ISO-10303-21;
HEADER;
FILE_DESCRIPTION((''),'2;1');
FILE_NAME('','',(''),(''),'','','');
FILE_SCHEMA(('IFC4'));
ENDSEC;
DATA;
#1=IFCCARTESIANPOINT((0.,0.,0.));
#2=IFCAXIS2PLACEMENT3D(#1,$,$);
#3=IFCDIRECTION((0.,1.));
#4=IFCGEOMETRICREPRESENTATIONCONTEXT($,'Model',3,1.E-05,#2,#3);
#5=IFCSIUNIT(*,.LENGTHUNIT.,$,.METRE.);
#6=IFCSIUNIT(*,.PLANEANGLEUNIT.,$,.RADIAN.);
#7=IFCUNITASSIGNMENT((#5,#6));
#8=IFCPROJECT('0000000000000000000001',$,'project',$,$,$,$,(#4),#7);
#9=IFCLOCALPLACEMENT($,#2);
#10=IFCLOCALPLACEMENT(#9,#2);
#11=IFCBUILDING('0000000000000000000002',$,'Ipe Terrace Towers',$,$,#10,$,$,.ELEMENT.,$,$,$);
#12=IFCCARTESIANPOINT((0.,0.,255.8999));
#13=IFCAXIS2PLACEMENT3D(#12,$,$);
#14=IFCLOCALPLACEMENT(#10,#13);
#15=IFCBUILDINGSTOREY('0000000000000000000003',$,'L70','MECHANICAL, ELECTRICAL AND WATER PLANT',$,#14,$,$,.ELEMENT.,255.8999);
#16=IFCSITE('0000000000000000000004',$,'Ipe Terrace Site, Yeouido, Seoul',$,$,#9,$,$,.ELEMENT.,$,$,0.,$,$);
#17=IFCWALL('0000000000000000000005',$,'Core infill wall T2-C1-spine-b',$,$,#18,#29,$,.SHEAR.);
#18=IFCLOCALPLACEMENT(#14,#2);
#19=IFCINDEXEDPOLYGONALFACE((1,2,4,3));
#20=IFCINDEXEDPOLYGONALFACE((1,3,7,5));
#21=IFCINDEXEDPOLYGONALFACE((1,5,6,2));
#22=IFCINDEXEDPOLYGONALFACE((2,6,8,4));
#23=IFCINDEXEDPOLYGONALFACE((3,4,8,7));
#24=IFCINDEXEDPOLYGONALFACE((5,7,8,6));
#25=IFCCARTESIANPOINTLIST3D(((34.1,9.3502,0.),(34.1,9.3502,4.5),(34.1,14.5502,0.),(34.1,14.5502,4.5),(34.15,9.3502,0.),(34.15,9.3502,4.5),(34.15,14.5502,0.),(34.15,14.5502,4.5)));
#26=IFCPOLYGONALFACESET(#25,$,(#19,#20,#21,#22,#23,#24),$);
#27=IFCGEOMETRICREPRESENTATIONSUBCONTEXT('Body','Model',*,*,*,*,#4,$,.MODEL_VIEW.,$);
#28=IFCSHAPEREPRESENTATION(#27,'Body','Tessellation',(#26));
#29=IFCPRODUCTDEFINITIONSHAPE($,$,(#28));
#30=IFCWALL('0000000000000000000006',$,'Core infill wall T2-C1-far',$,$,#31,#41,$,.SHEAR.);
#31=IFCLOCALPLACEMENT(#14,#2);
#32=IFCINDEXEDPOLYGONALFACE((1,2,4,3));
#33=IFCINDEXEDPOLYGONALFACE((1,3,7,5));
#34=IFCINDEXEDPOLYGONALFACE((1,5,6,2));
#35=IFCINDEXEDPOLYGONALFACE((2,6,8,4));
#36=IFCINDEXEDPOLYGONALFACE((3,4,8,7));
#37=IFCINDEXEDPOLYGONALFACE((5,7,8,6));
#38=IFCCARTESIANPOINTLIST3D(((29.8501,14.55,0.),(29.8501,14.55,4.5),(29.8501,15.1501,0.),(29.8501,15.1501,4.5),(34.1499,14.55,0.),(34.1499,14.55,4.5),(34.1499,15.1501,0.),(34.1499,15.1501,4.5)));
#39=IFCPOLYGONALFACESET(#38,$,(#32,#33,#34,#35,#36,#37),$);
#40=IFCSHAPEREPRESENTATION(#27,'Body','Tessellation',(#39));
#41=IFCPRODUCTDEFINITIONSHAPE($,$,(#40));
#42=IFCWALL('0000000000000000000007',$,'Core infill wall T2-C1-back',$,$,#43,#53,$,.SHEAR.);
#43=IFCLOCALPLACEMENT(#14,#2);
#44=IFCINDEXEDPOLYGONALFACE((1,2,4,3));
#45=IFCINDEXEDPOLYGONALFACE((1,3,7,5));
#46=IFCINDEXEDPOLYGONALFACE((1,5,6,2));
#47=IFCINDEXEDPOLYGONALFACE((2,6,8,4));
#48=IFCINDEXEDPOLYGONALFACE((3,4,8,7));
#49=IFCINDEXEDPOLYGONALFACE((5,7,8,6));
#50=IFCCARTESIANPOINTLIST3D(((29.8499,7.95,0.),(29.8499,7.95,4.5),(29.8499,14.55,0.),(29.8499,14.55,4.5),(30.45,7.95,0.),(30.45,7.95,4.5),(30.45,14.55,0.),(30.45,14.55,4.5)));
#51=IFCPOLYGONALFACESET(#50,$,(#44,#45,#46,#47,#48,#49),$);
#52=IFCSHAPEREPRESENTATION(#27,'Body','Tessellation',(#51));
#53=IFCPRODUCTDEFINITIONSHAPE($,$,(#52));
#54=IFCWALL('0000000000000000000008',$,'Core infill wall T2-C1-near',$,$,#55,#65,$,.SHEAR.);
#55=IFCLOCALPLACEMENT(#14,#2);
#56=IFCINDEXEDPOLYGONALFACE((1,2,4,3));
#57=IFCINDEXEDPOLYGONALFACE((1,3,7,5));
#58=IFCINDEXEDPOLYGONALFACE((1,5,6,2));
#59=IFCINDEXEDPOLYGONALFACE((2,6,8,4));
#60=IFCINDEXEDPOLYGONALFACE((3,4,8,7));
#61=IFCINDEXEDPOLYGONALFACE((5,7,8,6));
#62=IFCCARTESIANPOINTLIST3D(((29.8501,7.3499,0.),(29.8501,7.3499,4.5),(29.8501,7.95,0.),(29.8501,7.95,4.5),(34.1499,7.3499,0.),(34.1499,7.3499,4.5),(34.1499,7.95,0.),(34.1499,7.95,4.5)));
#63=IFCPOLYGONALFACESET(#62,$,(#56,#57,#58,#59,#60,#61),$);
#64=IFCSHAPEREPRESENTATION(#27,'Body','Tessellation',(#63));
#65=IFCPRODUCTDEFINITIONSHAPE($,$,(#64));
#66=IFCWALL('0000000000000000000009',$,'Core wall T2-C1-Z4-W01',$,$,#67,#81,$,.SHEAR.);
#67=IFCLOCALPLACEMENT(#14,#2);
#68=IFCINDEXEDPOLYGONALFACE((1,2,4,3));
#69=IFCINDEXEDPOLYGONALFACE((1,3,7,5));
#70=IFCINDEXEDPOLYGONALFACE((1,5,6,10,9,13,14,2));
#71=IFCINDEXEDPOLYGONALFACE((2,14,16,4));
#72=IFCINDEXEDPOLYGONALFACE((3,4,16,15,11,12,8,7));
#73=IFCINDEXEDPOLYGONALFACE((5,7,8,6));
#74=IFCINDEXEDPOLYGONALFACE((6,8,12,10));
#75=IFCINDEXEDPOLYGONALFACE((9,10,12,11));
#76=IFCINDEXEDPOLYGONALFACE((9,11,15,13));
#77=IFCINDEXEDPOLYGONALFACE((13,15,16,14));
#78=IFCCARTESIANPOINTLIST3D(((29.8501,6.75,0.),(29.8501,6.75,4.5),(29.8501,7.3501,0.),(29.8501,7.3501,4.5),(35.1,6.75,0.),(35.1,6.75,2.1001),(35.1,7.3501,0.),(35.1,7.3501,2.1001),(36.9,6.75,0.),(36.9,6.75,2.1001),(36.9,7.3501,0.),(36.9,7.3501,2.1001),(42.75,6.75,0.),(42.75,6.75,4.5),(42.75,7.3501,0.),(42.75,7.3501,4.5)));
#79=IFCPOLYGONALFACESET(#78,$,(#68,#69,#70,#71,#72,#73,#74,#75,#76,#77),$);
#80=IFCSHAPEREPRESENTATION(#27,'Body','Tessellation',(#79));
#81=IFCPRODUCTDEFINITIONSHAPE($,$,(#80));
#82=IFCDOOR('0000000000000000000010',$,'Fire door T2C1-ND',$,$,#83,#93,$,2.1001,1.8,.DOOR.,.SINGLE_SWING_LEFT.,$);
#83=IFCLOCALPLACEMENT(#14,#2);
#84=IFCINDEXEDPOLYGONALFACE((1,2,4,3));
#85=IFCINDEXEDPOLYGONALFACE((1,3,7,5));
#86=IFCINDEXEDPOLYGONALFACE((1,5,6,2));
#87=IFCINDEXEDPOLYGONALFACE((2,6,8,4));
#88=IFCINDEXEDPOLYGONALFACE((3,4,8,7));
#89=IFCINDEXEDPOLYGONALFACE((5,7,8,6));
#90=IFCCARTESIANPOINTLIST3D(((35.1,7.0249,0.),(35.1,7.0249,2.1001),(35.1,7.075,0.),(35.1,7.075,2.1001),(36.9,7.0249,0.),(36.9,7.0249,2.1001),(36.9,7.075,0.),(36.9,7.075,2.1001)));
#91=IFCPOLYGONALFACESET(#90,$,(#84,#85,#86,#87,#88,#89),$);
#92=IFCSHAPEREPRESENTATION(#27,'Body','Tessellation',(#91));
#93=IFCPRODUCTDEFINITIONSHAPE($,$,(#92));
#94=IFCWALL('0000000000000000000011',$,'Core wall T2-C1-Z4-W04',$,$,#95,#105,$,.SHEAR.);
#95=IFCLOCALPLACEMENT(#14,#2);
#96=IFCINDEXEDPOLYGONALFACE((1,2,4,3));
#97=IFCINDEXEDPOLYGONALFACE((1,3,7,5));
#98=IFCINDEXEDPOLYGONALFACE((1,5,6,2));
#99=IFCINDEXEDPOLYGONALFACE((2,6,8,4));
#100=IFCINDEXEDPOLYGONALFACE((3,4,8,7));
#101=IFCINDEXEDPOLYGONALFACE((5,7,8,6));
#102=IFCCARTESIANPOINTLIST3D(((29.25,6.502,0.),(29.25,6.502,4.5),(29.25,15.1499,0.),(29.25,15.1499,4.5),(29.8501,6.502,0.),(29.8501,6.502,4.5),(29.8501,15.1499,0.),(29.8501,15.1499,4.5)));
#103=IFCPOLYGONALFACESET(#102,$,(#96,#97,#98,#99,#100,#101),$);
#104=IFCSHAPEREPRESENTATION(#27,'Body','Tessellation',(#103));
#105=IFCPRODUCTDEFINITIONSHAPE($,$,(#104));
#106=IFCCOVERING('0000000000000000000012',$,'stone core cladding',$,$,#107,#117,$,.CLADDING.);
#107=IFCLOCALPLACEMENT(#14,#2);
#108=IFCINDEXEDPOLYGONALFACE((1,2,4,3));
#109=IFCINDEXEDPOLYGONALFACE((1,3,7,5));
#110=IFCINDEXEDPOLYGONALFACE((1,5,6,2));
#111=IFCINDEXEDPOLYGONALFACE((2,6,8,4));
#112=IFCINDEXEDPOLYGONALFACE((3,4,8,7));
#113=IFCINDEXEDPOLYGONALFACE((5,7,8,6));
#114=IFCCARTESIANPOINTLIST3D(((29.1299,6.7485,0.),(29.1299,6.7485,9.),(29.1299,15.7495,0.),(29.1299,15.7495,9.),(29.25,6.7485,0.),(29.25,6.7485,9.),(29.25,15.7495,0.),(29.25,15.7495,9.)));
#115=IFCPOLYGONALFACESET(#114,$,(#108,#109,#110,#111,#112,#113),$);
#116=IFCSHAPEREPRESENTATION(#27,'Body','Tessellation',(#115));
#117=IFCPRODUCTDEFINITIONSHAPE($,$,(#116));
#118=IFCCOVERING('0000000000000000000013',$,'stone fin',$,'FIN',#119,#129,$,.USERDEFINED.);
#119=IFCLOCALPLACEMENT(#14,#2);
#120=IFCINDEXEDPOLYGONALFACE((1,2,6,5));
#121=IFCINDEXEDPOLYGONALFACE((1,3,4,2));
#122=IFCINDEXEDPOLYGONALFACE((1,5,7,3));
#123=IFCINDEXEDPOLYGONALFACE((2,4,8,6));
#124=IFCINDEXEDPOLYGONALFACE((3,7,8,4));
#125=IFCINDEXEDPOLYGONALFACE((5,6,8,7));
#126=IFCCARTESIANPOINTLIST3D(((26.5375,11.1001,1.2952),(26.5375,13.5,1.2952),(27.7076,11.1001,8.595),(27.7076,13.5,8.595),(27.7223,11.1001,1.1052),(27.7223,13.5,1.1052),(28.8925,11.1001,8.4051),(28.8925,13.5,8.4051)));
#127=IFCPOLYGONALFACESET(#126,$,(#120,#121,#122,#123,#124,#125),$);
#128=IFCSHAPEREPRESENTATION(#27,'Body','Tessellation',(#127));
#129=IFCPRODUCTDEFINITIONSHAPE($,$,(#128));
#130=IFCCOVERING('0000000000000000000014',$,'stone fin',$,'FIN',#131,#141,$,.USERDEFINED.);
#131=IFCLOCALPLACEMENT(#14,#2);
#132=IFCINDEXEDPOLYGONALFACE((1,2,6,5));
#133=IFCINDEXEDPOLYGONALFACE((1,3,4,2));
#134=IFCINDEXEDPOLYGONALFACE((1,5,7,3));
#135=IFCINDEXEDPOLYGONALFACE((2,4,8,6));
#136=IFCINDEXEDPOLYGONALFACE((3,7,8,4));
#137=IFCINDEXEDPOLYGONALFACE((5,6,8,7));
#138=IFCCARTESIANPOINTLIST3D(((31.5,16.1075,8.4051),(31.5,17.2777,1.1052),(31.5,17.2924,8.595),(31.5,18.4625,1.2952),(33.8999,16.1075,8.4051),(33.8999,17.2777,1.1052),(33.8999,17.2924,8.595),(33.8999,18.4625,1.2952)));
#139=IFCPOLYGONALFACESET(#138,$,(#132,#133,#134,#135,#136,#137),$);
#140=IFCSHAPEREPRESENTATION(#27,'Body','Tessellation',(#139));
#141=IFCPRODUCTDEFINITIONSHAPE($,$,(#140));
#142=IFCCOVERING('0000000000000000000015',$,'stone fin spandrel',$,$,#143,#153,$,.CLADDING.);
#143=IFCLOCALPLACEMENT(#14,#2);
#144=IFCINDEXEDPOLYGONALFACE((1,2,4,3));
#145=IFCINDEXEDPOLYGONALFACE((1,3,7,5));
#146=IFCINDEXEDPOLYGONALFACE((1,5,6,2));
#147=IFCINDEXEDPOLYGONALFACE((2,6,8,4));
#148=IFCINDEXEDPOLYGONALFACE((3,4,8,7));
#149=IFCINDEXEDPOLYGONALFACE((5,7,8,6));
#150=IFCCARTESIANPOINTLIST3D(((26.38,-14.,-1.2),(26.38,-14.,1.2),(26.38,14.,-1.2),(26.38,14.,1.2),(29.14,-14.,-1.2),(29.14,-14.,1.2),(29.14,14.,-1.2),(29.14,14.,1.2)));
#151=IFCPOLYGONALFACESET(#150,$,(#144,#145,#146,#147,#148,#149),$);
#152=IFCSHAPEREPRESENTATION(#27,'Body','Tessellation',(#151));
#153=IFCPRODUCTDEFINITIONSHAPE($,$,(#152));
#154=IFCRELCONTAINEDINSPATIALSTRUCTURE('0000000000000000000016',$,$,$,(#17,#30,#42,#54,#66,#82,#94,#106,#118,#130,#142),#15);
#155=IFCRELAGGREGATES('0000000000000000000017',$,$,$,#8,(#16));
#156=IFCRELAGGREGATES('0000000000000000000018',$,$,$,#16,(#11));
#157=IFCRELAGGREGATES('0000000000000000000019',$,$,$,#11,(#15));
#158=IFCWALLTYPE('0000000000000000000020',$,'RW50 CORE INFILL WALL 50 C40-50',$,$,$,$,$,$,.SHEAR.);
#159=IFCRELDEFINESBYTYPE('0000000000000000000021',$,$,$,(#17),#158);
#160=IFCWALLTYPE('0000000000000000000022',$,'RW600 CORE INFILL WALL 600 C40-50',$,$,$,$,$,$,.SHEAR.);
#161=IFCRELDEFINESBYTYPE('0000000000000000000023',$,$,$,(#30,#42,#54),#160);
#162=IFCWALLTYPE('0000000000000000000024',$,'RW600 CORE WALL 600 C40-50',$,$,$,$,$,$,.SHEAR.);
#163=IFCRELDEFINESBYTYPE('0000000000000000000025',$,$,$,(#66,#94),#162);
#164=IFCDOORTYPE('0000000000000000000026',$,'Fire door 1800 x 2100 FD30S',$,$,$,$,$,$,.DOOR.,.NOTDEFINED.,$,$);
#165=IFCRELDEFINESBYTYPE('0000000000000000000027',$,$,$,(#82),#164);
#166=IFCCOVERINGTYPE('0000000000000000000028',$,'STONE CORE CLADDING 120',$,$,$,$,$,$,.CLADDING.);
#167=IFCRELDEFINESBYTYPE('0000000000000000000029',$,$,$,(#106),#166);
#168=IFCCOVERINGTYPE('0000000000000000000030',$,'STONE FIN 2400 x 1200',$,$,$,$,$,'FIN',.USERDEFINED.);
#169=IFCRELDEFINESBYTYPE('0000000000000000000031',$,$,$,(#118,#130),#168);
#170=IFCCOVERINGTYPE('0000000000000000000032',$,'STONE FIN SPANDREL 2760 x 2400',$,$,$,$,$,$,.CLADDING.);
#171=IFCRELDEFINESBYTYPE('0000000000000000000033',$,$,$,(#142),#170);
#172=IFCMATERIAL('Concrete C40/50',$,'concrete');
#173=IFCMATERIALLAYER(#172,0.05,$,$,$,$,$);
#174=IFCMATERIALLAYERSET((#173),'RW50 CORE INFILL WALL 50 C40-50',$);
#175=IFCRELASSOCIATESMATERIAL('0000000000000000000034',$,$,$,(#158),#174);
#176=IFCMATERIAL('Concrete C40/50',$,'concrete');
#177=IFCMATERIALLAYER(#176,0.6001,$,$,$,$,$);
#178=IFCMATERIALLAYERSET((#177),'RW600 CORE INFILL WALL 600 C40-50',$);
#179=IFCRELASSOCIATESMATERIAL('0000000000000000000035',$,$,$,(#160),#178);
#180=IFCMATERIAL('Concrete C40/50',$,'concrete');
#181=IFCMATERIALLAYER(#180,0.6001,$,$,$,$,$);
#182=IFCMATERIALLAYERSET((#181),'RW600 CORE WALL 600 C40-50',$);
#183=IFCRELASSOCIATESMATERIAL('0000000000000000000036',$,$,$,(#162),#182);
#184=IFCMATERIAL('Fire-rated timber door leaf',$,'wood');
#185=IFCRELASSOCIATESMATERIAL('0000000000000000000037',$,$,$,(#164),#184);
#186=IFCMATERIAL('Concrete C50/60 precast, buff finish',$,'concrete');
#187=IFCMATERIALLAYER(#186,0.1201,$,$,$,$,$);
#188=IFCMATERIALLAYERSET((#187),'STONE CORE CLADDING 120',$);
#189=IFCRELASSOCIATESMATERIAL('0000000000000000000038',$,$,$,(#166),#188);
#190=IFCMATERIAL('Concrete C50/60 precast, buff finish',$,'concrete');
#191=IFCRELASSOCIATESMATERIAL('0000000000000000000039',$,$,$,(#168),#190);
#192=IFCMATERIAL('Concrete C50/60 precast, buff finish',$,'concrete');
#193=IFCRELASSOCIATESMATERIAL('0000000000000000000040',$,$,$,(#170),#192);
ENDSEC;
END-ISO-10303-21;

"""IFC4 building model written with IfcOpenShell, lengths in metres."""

from ifc_helpers import new_model, si_unit, direction, frame, frame_2d, origin, origin_2d, place, context, subcontext, project, spatial, rectangle, extrude, material, layer, layer_set, material_profile, profile_set, type_object, element, fill, save


model = new_model("IFC4")

# Units and contexts
model_context = context("Model", 3, precision=1e-05, world=origin(), true_north=direction((0.0, 1.0)))
body_context = subcontext(model_context, "Body", "Model", "MODEL_VIEW")
ifc_project = project(units=[si_unit("LENGTHUNIT", "METRE"), si_unit("PLANEANGLEUNIT", "RADIAN")], contexts=[model_context])

# Site, building, storey
site_placement = place(None, origin())
site = spatial("IfcSite", under=ifc_project, at=site_placement, Name="Ipe Terrace Site, Yeouido, Seoul", CompositionType="ELEMENT", RefElevation=0.0)
building_placement = place(site_placement, origin())
building = spatial("IfcBuilding", under=site, at=building_placement, Name="Ipe Terrace Towers", CompositionType="ELEMENT")
storey_placement = place(building_placement, frame((0.0, 0.0, 255.8999)))
storey = spatial("IfcBuildingStorey", under=building, at=storey_placement, Name="L70", Description="MECHANICAL, ELECTRICAL AND WATER PLANT", CompositionType="ELEMENT", Elevation=255.8999)

# Walls
ifc_material_1 = material(Name="Concrete C40/50", Category="concrete")
ifc_layer_1 = layer(ifc_material_1, 0.05)
ifc_layer_set_1 = layer_set([ifc_layer_1], Name="RW50 CORE INFILL WALL 50 C40-50")
wall_type_1 = type_object("IfcWallType", Name="RW50 CORE INFILL WALL 50 C40-50", PredefinedType="SHEAR", material=ifc_layer_set_1)
wall_1_placement = place(storey_placement, frame((34.125, 9.3501, 0.0), z_axis=(0.0, 0.0, 1.0), x_axis=(0.0, 1.0, 0.0)))
element("IfcWall", 1, at=wall_1_placement, inside=storey, type_object=wall_type_1, Name="Core infill wall T2-C1-spine-b", PredefinedType="SHEAR", context=body_context, shape_type="SweptSolid", body=[
    extrude(rectangle(XDim=5.2, YDim=0.05, at=frame_2d((2.6001, 0.0))), origin(), (0.0, 0.0, 1.0), 4.5),
])
ifc_material_2 = material(Name="Concrete C40/50", Category="concrete")
ifc_layer_2 = layer(ifc_material_2, 0.6001)
ifc_layer_set_2 = layer_set([ifc_layer_2], Name="RW600 CORE INFILL WALL 600 C40-50")
wall_type_2 = type_object("IfcWallType", Name="RW600 CORE INFILL WALL 600 C40-50", PredefinedType="SHEAR", material=ifc_layer_set_2)
wall_2_placement = place(storey_placement, frame((34.1499, 14.8501, 0.0), z_axis=(0.0, 0.0, 1.0), x_axis=(-1.0, 0.0, 0.0)))
element("IfcWall", 2, at=wall_2_placement, inside=storey, type_object=wall_type_2, Name="Core infill wall T2-C1-far", PredefinedType="SHEAR", context=body_context, shape_type="SweptSolid", body=[
    extrude(rectangle(XDim=4.2998, YDim=0.6001, at=frame_2d((2.1499, 0.0))), origin(), (0.0, 0.0, 1.0), 4.5),
])
wall_3_placement = place(storey_placement, frame((30.1499, 7.95, 0.0), z_axis=(0.0, 0.0, 1.0), x_axis=(0.0, 1.0, 0.0)))
element("IfcWall", 3, at=wall_3_placement, inside=storey, type_object=wall_type_2, Name="Core infill wall T2-C1-back", PredefinedType="SHEAR", context=body_context, shape_type="SweptSolid", body=[
    extrude(rectangle(XDim=6.6001, YDim=0.6001, at=frame_2d((3.3, 0.0))), origin(), (0.0, 0.0, 1.0), 4.5),
])
wall_4_placement = place(storey_placement, frame((34.1499, 7.6499, 0.0), z_axis=(0.0, 0.0, 1.0), x_axis=(-1.0, 0.0, 0.0)))
element("IfcWall", 4, at=wall_4_placement, inside=storey, type_object=wall_type_2, Name="Core infill wall T2-C1-near", PredefinedType="SHEAR", context=body_context, shape_type="SweptSolid", body=[
    extrude(rectangle(XDim=4.2998, YDim=0.6001, at=frame_2d((2.1499, 0.0))), origin(), (0.0, 0.0, 1.0), 4.5),
])

# Wall, opening, door
ifc_material_3 = material(Name="Concrete C40/50", Category="concrete")
ifc_layer_3 = layer(ifc_material_3, 0.6001)
ifc_layer_set_3 = layer_set([ifc_layer_3], Name="RW600 CORE WALL 600 C40-50")
wall_type_3 = type_object("IfcWallType", Name="RW600 CORE WALL 600 C40-50", PredefinedType="SHEAR", material=ifc_layer_set_3)
wall_5_placement = place(storey_placement, frame((29.8501, 7.05, 0.0), z_axis=(0.0, 0.0, 1.0), x_axis=(1.0, 0.0, 0.0)))
wall_5 = element("IfcWall", 5, at=wall_5_placement, inside=storey, type_object=wall_type_3, Name="Core wall T2-C1-Z4-W01", PredefinedType="SHEAR", context=body_context, shape_type="SweptSolid", body=[
    extrude(rectangle(XDim=12.8999, YDim=0.6001, at=frame_2d((6.45, 0.0))), origin(), (0.0, 0.0, 1.0), 4.5),
])
opening_1_placement = place(wall_5_placement, frame((5.25, 0.0, 0.0)))
opening_1 = element("IfcOpeningElement", 6, at=opening_1_placement, cuts=wall_5, PredefinedType="OPENING", context=body_context, shape_type="SweptSolid", body=[
    extrude(rectangle(XDim=1.8, YDim=2.1001, at=frame_2d((0.8999, 1.05))), frame((0.0, 0.3101, 0.0), z_axis=(0.0, -1.0, 0.0), x_axis=(1.0, 0.0, 0.0)), (0.0, 0.0, 1.0), 0.6201),
])
ifc_material_4 = material(Name="Fire-rated timber door leaf", Category="wood")
door_type_1 = type_object("IfcDoorType", Name="Fire door 1800 x 2100 FD30S", OperationType="NOTDEFINED", PredefinedType="DOOR", material=ifc_material_4)
door_1_placement = place(opening_1_placement, origin())
door_1 = element("IfcDoor", 7, at=door_1_placement, inside=storey, type_object=door_type_1, Name="Fire door T2C1-ND", OperationType="SINGLE_SWING_LEFT", OverallHeight=2.1001, OverallWidth=1.8, PredefinedType="DOOR", context=body_context, shape_type="SweptSolid", body=[
    extrude(rectangle(XDim=1.8, YDim=2.1001, at=frame_2d((0.8999, 1.05))), frame((0.0, 0.0249, 0.0), z_axis=(0.0, -1.0, 0.0), x_axis=(1.0, 0.0, 0.0)), (0.0, 0.0, 1.0), 0.05),
])
fill(opening_1, door_1)

# Wall
wall_6_placement = place(storey_placement, frame((29.55, 15.1499, 0.0), z_axis=(0.0, 0.0, 1.0), x_axis=(0.0, -1.0, 0.0)))
element("IfcWall", 8, at=wall_6_placement, inside=storey, type_object=wall_type_3, Name="Core wall T2-C1-Z4-W04", PredefinedType="SHEAR", context=body_context, shape_type="SweptSolid", body=[
    extrude(rectangle(XDim=8.6479, YDim=0.6001, at=frame_2d((4.324, 0.0))), origin(), (0.0, 0.0, 1.0), 4.5),
])

# Coverings
ifc_material_5 = material(Name="Concrete C50/60 precast, buff finish", Category="concrete")
ifc_layer_4 = layer(ifc_material_5, 0.1201)
ifc_layer_set_4 = layer_set([ifc_layer_4], Name="STONE CORE CLADDING 120")
covering_type_1 = type_object("IfcCoveringType", Name="STONE CORE CLADDING 120", PredefinedType="CLADDING", material=ifc_layer_set_4)
covering_1_placement = place(storey_placement, frame((29.1899, 11.249, 0.0), z_axis=(0.0, 0.0, 1.0), x_axis=(0.0, -1.0, 0.0)))
element("IfcCovering", 9, at=covering_1_placement, inside=storey, type_object=covering_type_1, Name="stone core cladding", PredefinedType="CLADDING", context=body_context, shape_type="SweptSolid", body=[
    extrude(rectangle(XDim=9.001, YDim=0.1201, at=origin_2d()), origin(), (0.0, 0.0, 1.0), 9.0),
])
ifc_material_6 = material(Name="Concrete C50/60 precast, buff finish", Category="concrete")
ifc_material_profile_1 = material_profile(ifc_material_6, rectangle(XDim=2.3999, YDim=1.2, at=origin_2d()), Name="STONE FIN 2400 x 1200")
ifc_profile_set_1 = profile_set([ifc_material_profile_1], Name="Concrete C50/60 precast, buff finish")
covering_type_2 = type_object("IfcCoveringType", Name="STONE FIN 2400 x 1200", ElementType="FIN", PredefinedType="USERDEFINED", material=ifc_profile_set_1)
for number, where, z_axis, x_axis, name in (
    (10, (27.1299, 12.3, 1.2002), (0.15828, 0.0, 0.987394), (0.0, -1.0, 0.0), "stone fin"),
    (11, (32.7, 17.8701, 1.2002), (0.0, -0.15828, 0.987394), (-1.0, 0.0, 0.0), "stone fin"),
):
    element("IfcCovering", number, at=place(storey_placement, frame(where, z_axis=z_axis, x_axis=x_axis)), inside=storey, type_object=covering_type_2, Name=name, ObjectType="FIN", PredefinedType="USERDEFINED", context=body_context, shape_type="SweptSolid", body=[
        extrude(rectangle(XDim=2.3999, YDim=1.2, at=origin_2d()), origin(), (0.0, 0.0, 1.0), 7.3931),
    ])
ifc_material_7 = material(Name="Concrete C50/60 precast, buff finish", Category="concrete")
ifc_material_profile_2 = material_profile(ifc_material_7, rectangle(XDim=2.76, YDim=2.3999, at=origin_2d()), Name="STONE FIN SPANDREL 2760 x 2400")
ifc_profile_set_2 = profile_set([ifc_material_profile_2], Name="Concrete C50/60 precast, buff finish")
covering_type_3 = type_object("IfcCoveringType", Name="STONE FIN SPANDREL 2760 x 2400", PredefinedType="CLADDING", material=ifc_profile_set_2)
covering_2_placement = place(storey_placement, frame((27.76, 14.0, 0.0), z_axis=(0.0, -1.0, 0.0), x_axis=(-1.0, 0.0, 0.0)))
element("IfcCovering", 12, at=covering_2_placement, inside=storey, type_object=covering_type_3, Name="stone fin spandrel", PredefinedType="CLADDING", context=body_context, shape_type="SweptSolid", body=[
    extrude(rectangle(XDim=2.76, YDim=2.3999, at=origin_2d()), origin(), (0.0, 0.0, 1.0), 28.0),
])

save(model, "model.ifc")
